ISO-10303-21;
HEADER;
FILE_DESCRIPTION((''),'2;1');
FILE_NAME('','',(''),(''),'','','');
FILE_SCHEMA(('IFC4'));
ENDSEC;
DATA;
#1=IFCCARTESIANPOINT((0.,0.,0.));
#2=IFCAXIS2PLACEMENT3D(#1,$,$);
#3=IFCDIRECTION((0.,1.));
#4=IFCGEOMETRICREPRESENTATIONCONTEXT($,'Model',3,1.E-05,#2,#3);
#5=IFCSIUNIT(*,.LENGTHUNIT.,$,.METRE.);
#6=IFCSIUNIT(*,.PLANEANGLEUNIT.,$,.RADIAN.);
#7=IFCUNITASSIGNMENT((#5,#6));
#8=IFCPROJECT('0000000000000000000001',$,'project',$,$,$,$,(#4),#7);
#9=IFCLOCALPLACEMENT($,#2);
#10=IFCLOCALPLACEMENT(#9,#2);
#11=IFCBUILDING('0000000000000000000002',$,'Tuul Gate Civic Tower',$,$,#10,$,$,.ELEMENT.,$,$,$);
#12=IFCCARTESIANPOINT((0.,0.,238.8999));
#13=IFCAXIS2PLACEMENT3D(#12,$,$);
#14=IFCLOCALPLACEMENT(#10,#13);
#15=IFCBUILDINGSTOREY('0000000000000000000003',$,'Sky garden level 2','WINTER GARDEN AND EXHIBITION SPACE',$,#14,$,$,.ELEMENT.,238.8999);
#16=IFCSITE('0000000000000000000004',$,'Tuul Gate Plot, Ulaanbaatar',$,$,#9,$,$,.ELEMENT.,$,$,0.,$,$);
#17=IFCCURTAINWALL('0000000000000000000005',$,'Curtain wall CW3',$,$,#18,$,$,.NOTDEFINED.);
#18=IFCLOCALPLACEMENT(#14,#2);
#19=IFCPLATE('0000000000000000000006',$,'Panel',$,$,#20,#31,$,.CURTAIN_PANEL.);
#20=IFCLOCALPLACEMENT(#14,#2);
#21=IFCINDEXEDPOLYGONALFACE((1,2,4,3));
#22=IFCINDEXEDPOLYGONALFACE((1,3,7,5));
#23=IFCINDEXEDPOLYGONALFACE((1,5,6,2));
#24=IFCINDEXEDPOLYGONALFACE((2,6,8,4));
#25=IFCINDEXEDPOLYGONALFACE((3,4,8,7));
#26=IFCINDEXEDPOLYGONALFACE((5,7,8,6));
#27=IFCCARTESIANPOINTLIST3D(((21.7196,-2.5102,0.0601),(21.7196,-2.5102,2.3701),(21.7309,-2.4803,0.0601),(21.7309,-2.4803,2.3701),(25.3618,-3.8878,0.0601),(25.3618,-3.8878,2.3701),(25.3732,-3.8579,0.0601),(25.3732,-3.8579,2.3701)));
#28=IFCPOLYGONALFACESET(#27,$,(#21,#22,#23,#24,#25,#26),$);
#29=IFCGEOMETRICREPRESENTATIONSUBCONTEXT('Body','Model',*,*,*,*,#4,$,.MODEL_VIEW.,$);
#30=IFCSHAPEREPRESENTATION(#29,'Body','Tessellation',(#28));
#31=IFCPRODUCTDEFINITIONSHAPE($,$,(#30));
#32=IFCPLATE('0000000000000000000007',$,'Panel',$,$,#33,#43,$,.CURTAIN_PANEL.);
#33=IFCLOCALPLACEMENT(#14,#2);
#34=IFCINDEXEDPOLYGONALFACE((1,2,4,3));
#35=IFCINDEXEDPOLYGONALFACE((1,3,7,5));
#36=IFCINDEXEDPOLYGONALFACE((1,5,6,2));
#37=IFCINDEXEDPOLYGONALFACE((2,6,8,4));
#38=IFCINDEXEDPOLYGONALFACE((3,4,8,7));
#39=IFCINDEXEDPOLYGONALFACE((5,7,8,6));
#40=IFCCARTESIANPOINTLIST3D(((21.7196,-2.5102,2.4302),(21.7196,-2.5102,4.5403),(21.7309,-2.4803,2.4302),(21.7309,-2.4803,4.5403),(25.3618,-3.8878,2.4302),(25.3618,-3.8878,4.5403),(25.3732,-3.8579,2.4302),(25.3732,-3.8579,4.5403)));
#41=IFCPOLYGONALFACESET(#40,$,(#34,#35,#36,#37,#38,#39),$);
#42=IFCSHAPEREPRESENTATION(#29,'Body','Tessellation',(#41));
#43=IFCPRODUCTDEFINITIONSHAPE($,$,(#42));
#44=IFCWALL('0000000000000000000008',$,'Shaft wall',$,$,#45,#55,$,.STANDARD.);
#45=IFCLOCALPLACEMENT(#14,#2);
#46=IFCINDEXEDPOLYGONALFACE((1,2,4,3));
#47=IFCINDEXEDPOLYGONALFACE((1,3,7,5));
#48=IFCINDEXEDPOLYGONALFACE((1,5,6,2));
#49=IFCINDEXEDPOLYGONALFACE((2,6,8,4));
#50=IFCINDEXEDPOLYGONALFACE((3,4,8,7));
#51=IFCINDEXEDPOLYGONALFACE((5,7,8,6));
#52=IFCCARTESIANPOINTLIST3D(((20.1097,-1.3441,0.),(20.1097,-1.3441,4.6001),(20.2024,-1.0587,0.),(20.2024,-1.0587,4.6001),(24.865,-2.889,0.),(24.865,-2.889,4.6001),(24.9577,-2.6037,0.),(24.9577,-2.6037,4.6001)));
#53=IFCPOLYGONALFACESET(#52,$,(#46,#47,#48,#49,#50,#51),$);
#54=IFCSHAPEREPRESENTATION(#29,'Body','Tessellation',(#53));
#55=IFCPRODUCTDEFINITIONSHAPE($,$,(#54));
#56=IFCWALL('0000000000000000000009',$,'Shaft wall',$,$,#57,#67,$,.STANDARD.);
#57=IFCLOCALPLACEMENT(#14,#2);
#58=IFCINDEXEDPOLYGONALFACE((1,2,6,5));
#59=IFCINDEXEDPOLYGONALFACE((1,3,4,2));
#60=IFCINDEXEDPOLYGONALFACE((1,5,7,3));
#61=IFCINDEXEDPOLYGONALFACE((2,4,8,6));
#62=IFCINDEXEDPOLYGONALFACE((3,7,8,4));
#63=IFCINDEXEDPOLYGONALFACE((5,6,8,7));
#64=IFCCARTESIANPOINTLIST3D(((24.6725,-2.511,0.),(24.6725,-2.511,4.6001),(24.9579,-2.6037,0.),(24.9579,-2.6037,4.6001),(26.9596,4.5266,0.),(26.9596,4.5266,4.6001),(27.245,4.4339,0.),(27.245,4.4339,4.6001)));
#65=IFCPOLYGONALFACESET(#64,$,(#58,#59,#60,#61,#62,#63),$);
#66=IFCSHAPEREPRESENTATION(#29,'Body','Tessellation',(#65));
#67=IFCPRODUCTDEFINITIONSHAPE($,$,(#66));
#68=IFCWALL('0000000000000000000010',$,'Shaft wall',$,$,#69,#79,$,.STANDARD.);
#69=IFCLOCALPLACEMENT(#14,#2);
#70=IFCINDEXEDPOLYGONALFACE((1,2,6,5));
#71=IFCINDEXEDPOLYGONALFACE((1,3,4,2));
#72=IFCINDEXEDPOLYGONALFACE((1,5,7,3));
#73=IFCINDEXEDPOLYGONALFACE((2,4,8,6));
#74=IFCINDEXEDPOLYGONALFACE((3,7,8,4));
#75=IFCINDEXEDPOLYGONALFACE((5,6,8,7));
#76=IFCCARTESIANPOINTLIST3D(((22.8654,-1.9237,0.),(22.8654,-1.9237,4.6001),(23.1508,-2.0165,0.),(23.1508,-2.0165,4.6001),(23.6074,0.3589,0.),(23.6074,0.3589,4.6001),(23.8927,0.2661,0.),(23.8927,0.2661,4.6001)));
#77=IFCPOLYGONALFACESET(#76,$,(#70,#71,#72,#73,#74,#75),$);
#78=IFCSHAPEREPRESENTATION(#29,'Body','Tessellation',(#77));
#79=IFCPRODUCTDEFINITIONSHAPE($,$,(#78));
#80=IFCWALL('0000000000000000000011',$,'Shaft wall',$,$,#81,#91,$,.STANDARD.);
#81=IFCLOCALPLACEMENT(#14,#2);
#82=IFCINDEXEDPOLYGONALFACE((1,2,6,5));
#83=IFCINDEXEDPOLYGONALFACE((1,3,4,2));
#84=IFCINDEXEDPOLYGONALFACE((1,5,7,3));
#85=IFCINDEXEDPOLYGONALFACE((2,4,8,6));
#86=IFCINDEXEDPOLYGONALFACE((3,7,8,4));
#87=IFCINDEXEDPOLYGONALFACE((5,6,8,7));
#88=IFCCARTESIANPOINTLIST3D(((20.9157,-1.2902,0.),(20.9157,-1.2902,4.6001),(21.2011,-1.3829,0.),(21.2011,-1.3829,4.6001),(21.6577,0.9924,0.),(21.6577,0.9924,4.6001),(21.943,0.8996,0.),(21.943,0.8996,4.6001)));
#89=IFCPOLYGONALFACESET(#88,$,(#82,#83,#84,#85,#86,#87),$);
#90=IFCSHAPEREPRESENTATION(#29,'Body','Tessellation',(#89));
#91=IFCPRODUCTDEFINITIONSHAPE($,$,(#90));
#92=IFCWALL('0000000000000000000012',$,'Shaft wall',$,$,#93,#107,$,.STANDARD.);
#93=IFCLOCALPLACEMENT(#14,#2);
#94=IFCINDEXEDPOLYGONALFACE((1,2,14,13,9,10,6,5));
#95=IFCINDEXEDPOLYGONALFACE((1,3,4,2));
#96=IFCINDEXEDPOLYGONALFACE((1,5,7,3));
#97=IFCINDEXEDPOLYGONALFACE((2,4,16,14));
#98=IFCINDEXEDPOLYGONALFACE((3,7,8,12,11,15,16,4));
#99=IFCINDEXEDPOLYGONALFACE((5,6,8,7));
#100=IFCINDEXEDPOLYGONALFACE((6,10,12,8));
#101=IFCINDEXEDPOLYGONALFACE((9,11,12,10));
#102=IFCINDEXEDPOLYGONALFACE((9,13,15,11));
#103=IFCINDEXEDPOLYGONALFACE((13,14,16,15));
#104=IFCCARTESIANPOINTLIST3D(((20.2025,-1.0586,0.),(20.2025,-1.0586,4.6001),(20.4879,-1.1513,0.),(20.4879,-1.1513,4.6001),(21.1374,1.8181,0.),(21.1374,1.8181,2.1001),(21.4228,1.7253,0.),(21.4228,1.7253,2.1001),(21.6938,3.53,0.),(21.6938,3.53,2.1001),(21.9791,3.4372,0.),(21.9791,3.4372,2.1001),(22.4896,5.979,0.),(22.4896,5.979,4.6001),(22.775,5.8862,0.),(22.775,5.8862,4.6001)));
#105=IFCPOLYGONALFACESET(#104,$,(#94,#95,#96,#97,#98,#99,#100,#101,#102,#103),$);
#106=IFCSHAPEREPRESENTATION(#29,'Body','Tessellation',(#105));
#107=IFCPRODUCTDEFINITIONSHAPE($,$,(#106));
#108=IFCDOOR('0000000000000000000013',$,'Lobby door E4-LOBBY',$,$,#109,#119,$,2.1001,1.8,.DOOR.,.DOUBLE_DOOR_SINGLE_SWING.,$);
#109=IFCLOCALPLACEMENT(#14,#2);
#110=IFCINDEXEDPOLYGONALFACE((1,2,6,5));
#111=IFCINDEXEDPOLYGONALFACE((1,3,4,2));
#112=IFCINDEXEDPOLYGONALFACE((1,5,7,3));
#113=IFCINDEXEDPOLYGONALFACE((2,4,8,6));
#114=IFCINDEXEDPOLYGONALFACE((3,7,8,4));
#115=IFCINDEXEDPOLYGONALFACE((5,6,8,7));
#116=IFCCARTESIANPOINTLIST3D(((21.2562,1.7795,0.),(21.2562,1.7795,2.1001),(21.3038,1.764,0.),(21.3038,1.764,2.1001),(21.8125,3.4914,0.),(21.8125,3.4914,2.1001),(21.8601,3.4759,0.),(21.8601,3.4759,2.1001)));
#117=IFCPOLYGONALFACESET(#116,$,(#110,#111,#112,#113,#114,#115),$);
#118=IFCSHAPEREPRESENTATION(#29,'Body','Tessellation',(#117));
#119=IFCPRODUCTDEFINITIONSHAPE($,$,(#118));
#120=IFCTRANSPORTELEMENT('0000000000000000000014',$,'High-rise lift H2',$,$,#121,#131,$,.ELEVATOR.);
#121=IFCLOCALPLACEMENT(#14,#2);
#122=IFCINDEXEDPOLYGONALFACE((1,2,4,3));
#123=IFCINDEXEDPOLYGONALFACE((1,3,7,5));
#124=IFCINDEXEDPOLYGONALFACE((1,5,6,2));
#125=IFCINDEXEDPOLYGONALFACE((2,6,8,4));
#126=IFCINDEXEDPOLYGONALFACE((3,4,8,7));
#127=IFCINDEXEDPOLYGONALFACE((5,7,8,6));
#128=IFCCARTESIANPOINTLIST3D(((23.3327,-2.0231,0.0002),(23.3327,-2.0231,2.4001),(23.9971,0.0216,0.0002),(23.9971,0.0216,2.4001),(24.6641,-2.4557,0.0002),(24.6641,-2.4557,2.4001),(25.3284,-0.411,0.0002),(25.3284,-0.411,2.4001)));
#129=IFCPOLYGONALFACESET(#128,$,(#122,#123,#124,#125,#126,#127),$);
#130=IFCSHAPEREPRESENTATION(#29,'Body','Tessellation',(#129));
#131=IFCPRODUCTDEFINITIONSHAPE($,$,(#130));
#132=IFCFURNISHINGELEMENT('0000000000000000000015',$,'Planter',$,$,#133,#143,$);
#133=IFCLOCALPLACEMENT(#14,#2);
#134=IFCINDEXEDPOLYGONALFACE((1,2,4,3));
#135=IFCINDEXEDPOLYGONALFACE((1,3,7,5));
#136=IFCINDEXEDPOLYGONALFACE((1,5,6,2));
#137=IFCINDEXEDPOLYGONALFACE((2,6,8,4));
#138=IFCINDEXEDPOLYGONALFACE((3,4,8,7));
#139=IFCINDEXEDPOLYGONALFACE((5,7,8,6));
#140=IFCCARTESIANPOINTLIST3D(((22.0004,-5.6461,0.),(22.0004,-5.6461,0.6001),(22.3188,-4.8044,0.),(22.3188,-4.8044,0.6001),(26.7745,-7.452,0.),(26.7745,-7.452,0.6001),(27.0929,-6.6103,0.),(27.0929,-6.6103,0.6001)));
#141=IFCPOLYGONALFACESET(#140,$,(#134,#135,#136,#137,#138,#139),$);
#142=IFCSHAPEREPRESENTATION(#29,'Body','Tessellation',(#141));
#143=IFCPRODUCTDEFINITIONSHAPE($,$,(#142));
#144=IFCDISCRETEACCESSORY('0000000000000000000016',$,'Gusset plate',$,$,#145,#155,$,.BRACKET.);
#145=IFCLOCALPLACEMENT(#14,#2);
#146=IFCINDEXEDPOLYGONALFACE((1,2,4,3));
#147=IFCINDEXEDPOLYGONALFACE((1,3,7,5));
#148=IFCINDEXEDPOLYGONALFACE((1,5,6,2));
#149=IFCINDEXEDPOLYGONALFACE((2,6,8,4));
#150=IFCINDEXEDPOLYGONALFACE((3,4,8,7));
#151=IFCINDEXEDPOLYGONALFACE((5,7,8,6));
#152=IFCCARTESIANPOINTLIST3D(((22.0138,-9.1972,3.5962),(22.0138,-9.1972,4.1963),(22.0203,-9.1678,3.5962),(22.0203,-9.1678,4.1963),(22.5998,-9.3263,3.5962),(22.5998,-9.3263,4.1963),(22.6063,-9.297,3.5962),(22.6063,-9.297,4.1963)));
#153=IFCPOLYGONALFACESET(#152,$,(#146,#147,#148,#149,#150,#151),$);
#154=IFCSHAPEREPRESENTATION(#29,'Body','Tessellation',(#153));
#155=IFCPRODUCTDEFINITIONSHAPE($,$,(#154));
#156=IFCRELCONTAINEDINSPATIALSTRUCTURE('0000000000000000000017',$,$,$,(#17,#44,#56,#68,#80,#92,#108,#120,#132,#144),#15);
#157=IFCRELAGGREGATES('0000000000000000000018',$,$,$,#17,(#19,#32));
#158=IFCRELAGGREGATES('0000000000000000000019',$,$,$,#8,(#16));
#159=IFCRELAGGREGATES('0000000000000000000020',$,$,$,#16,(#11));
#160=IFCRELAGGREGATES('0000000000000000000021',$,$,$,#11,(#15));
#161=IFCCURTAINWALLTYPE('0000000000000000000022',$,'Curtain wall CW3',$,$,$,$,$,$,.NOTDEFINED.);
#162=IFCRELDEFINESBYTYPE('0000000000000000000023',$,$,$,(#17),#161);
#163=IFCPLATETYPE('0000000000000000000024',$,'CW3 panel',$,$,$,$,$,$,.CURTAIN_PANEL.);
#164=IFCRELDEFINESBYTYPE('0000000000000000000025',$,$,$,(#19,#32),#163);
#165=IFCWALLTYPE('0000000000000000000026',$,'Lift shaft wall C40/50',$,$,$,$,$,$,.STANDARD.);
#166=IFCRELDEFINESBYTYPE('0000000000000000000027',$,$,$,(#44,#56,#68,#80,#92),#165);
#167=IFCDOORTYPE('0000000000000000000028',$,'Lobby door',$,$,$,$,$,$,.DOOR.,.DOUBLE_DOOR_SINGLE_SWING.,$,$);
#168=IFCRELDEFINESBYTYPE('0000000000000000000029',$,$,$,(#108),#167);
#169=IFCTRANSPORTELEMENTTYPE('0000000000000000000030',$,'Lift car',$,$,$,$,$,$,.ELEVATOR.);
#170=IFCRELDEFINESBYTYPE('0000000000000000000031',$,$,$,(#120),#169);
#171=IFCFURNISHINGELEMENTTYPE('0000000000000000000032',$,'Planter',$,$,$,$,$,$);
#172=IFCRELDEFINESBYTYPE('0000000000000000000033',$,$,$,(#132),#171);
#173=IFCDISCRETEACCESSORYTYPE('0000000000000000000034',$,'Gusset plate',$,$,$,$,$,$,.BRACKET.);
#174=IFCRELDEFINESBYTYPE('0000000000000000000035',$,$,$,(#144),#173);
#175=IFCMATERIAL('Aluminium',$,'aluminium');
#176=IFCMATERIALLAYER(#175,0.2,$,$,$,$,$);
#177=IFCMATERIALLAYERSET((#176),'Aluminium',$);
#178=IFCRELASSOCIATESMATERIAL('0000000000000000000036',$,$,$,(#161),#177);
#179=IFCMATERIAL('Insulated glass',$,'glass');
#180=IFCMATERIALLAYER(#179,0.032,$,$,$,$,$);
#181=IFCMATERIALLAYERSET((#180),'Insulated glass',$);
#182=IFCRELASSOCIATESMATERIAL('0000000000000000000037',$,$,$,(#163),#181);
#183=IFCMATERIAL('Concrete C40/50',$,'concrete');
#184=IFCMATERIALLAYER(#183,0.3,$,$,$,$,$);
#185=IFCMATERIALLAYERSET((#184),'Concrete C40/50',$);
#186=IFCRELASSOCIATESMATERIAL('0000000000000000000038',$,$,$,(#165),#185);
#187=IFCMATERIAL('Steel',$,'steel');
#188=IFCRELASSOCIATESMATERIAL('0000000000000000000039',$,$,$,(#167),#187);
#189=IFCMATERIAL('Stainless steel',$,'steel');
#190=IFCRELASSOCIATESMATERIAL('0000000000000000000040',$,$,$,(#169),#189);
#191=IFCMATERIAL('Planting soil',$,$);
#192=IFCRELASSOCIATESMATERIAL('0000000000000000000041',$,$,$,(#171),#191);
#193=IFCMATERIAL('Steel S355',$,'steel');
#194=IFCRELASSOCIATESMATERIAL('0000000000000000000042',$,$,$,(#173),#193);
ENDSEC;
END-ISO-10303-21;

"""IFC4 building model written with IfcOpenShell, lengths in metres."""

from ifc_helpers import new_model, si_unit, direction, frame, frame_2d, origin, origin_2d, place, context, subcontext, project, spatial, rectangle, extrude, material, layer, layer_set, type_object, element, fill, aggregate, save


model = new_model("IFC4")

# Units and contexts
model_context = context("Model", 3, precision=1e-05, world=origin(), true_north=direction((0.0, 1.0)))
body_context = subcontext(model_context, "Body", "Model", "MODEL_VIEW")
ifc_project = project(units=[si_unit("LENGTHUNIT", "METRE"), si_unit("PLANEANGLEUNIT", "RADIAN")], contexts=[model_context])

# Site, building, storey
site_placement = place(None, origin())
site = spatial("IfcSite", under=ifc_project, at=site_placement, Name="Tuul Gate Plot, Ulaanbaatar", CompositionType="ELEMENT", RefElevation=0.0)
building_placement = place(site_placement, origin())
building = spatial("IfcBuilding", under=site, at=building_placement, Name="Tuul Gate Civic Tower", CompositionType="ELEMENT")
storey_placement = place(building_placement, frame((0.0, 0.0, 238.8999)))
storey = spatial("IfcBuildingStorey", under=building, at=storey_placement, Name="Sky garden level 2", Description="WINTER GARDEN AND EXHIBITION SPACE", CompositionType="ELEMENT", Elevation=238.8999)

# Curtain wall
ifc_material_1 = material(Name="Aluminium", Category="aluminium")
ifc_layer_1 = layer(ifc_material_1, 0.2)
ifc_layer_set_1 = layer_set([ifc_layer_1], Name="Aluminium")
curtain_wall_type = type_object("IfcCurtainWallType", Name="Curtain wall CW3", PredefinedType="NOTDEFINED", material=ifc_layer_set_1)
curtain_wall_1_placement = place(storey_placement, origin())
curtain_wall_1 = element("IfcCurtainWall", 1, at=curtain_wall_1_placement, inside=storey, type_object=curtain_wall_type, Name="Curtain wall CW3", PredefinedType="NOTDEFINED")

# Plates
ifc_material_2 = material(Name="Insulated glass", Category="glass")
ifc_layer_2 = layer(ifc_material_2, 0.032)
ifc_layer_set_2 = layer_set([ifc_layer_2], Name="Insulated glass")
plate_type = type_object("IfcPlateType", Name="CW3 panel", PredefinedType="CURTAIN_PANEL", material=ifc_layer_set_2)
plate_1_placement = place(storey_placement, frame((23.5464, -3.1841, 0.0601), z_axis=(0.0, 0.0, 1.0), x_axis=(0.93533, -0.353776, 0.0)))
plate_1 = element("IfcPlate", 2, at=plate_1_placement, type_object=plate_type, Name="Panel", PredefinedType="CURTAIN_PANEL", context=body_context, shape_type="SweptSolid", body=[
    extrude(rectangle(XDim=3.894, YDim=0.032, at=origin_2d()), origin(), (0.0, 0.0, 1.0), 2.3101),
])
plate_2_placement = place(storey_placement, frame((23.5464, -3.1841, 2.4302), z_axis=(0.0, 0.0, 1.0), x_axis=(0.93533, -0.353776, 0.0)))
plate_2 = element("IfcPlate", 3, at=plate_2_placement, type_object=plate_type, Name="Panel", PredefinedType="CURTAIN_PANEL", context=body_context, shape_type="SweptSolid", body=[
    extrude(rectangle(XDim=3.894, YDim=0.032, at=origin_2d()), origin(), (0.0, 0.0, 1.0), 2.1101),
])
aggregate(curtain_wall_1, [plate_1, plate_2])

# Walls
ifc_material_3 = material(Name="Concrete C40/50", Category="concrete")
ifc_layer_3 = layer(ifc_material_3, 0.3)
ifc_layer_set_3 = layer_set([ifc_layer_3], Name="Concrete C40/50")
wall_type = type_object("IfcWallType", Name="Lift shaft wall C40/50", PredefinedType="STANDARD", material=ifc_layer_set_3)
wall_1_placement = place(storey_placement, frame((24.9114, -2.7463, 0.0), z_axis=(0.0, 0.0, 1.0), x_axis=(-0.951068, 0.308982, 0.0)))
element("IfcWall", 4, at=wall_1_placement, inside=storey, type_object=wall_type, Name="Shaft wall", PredefinedType="STANDARD", context=body_context, shape_type="SweptSolid", body=[
    extrude(rectangle(XDim=5.0, YDim=0.3, at=frame_2d((2.5, 0.0))), origin(), (0.0, 0.0, 1.0), 4.6001),
])
wall_2_placement = place(storey_placement, frame((24.8152, -2.5574, 0.0), z_axis=(0.0, 0.0, 1.0), x_axis=(0.309073, 0.951038, 0.0)))
element("IfcWall", 5, at=wall_2_placement, inside=storey, type_object=wall_type, Name="Shaft wall", PredefinedType="STANDARD", context=body_context, shape_type="SweptSolid", body=[
    extrude(rectangle(XDim=7.3999, YDim=0.3, at=frame_2d((3.7, 0.0))), origin(), (0.0, 0.0, 1.0), 4.6001),
])
for number, where, z_axis, x_axis, name in (
    (6, (23.0081, -1.9702, 0.0), (0.0, 0.0, 1.0), (0.309139, 0.951017, 0.0), "Shaft wall"),
    (7, (21.0583, -1.3367, 0.0), (0.0, 0.0, 1.0), (0.309139, 0.951017, 0.0), "Shaft wall"),
):
    element("IfcWall", number, at=place(storey_placement, frame(where, z_axis=z_axis, x_axis=x_axis)), inside=storey, type_object=wall_type, Name=name, PredefinedType="STANDARD", context=body_context, shape_type="SweptSolid", body=[
        extrude(rectangle(XDim=2.4001, YDim=0.3, at=frame_2d((1.2002, 0.0))), origin(), (0.0, 0.0, 1.0), 4.6001),
    ])

# Wall, opening, door
wall_3_placement = place(storey_placement, frame((20.3452, -1.105, 0.0), z_axis=(0.0, 0.0, 1.0), x_axis=(0.309073, 0.951038, 0.0)))
wall_3 = element("IfcWall", 8, at=wall_3_placement, inside=storey, type_object=wall_type, Name="Shaft wall", PredefinedType="STANDARD", context=body_context, shape_type="SweptSolid", body=[
    extrude(rectangle(XDim=7.3999, YDim=0.3, at=frame_2d((3.7, 0.0))), origin(), (0.0, 0.0, 1.0), 4.6001),
])
opening_placement = place(wall_3_placement, frame((3.0249, 0.0, 0.0)))
opening = element("IfcOpeningElement", 9, at=opening_placement, cuts=wall_3, PredefinedType="OPENING", context=body_context, shape_type="SweptSolid", body=[
    extrude(rectangle(XDim=1.8, YDim=2.1001, at=frame_2d((0.8999, 1.05))), frame((0.0, 0.1602, 0.0), z_axis=(0.0, -1.0, 0.0), x_axis=(1.0, 0.0, 0.0)), (0.0, 0.0, 1.0), 0.3201),
])
ifc_material_4 = material(Name="Steel", Category="steel")
door_type = type_object("IfcDoorType", Name="Lobby door", OperationType="DOUBLE_DOOR_SINGLE_SWING", PredefinedType="DOOR", material=ifc_material_4)
door_placement = place(opening_placement, frame((1.8, 0.0, 0.0), z_axis=(0.0, 0.0, 1.0), x_axis=(-1.0, 0.0, 0.0)))
door = element("IfcDoor", 10, at=door_placement, inside=storey, type_object=door_type, Name="Lobby door E4-LOBBY", OperationType="DOUBLE_DOOR_SINGLE_SWING", OverallHeight=2.1001, OverallWidth=1.8, PredefinedType="DOOR", context=body_context, shape_type="SweptSolid", body=[
    extrude(rectangle(XDim=1.8, YDim=2.1001, at=frame_2d((0.9001, 1.05))), frame((0.0, 0.0249, 0.0), z_axis=(0.0, -1.0, 0.0), x_axis=(1.0, 0.0, 0.0)), (0.0, 0.0, 1.0), 0.05),
])
fill(opening, door)

# Transport element
ifc_material_5 = material(Name="Stainless steel", Category="steel")
transport_element_type = type_object("IfcTransportElementType", Name="Lift car", PredefinedType="ELEVATOR", material=ifc_material_5)
transport_element_placement = place(storey_placement, frame((24.3306, -1.217, 0.0002), z_axis=(0.0, 0.0, 1.0), x_axis=(-0.951056, 0.309019, 0.0)))
element("IfcTransportElement", 11, at=transport_element_placement, inside=storey, type_object=transport_element_type, Name="High-rise lift H2", PredefinedType="ELEVATOR", context=body_context, shape_type="SweptSolid", body=[
    extrude(rectangle(XDim=1.3999, YDim=2.1499, at=origin_2d()), origin(), (0.0, 0.0, 1.0), 2.3999),
])

# Furnishing element
ifc_material_6 = material(Name="Planting soil")
furnishing_element_type = type_object("IfcFurnishingElementType", Name="Planter", material=ifc_material_6)
furnishing_placement = place(storey_placement, frame((24.5466, -6.1282, 0.0), z_axis=(0.0, 0.0, 1.0), x_axis=(0.935323, -0.353794, 0.0)))
element("IfcFurnishingElement", 12, at=furnishing_placement, inside=storey, type_object=furnishing_element_type, Name="Planter", context=body_context, shape_type="SweptSolid", body=[
    extrude(rectangle(XDim=5.1042, YDim=0.8999, at=origin_2d()), origin(), (0.0, 0.0, 1.0), 0.6001),
])

# Discrete accessory
ifc_material_7 = material(Name="Steel S355", Category="steel")
discrete_accessory_type = type_object("IfcDiscreteAccessoryType", Name="Gusset plate", PredefinedType="BRACKET", material=ifc_material_7)
discrete_accessory_placement = place(storey_placement, frame((22.3101, -9.2471, 3.5962), z_axis=(0.0, 0.0, 1.0), x_axis=(-0.976564, 0.215229, 0.0)))
element("IfcDiscreteAccessory", 13, at=discrete_accessory_placement, inside=storey, type_object=discrete_accessory_type, Name="Gusset plate", PredefinedType="BRACKET", context=body_context, shape_type="SweptSolid", body=[
    extrude(rectangle(XDim=0.6001, YDim=0.03, at=origin_2d()), origin(), (0.0, 0.0, 1.0), 0.6001),
])

save(model, "model.ifc")
